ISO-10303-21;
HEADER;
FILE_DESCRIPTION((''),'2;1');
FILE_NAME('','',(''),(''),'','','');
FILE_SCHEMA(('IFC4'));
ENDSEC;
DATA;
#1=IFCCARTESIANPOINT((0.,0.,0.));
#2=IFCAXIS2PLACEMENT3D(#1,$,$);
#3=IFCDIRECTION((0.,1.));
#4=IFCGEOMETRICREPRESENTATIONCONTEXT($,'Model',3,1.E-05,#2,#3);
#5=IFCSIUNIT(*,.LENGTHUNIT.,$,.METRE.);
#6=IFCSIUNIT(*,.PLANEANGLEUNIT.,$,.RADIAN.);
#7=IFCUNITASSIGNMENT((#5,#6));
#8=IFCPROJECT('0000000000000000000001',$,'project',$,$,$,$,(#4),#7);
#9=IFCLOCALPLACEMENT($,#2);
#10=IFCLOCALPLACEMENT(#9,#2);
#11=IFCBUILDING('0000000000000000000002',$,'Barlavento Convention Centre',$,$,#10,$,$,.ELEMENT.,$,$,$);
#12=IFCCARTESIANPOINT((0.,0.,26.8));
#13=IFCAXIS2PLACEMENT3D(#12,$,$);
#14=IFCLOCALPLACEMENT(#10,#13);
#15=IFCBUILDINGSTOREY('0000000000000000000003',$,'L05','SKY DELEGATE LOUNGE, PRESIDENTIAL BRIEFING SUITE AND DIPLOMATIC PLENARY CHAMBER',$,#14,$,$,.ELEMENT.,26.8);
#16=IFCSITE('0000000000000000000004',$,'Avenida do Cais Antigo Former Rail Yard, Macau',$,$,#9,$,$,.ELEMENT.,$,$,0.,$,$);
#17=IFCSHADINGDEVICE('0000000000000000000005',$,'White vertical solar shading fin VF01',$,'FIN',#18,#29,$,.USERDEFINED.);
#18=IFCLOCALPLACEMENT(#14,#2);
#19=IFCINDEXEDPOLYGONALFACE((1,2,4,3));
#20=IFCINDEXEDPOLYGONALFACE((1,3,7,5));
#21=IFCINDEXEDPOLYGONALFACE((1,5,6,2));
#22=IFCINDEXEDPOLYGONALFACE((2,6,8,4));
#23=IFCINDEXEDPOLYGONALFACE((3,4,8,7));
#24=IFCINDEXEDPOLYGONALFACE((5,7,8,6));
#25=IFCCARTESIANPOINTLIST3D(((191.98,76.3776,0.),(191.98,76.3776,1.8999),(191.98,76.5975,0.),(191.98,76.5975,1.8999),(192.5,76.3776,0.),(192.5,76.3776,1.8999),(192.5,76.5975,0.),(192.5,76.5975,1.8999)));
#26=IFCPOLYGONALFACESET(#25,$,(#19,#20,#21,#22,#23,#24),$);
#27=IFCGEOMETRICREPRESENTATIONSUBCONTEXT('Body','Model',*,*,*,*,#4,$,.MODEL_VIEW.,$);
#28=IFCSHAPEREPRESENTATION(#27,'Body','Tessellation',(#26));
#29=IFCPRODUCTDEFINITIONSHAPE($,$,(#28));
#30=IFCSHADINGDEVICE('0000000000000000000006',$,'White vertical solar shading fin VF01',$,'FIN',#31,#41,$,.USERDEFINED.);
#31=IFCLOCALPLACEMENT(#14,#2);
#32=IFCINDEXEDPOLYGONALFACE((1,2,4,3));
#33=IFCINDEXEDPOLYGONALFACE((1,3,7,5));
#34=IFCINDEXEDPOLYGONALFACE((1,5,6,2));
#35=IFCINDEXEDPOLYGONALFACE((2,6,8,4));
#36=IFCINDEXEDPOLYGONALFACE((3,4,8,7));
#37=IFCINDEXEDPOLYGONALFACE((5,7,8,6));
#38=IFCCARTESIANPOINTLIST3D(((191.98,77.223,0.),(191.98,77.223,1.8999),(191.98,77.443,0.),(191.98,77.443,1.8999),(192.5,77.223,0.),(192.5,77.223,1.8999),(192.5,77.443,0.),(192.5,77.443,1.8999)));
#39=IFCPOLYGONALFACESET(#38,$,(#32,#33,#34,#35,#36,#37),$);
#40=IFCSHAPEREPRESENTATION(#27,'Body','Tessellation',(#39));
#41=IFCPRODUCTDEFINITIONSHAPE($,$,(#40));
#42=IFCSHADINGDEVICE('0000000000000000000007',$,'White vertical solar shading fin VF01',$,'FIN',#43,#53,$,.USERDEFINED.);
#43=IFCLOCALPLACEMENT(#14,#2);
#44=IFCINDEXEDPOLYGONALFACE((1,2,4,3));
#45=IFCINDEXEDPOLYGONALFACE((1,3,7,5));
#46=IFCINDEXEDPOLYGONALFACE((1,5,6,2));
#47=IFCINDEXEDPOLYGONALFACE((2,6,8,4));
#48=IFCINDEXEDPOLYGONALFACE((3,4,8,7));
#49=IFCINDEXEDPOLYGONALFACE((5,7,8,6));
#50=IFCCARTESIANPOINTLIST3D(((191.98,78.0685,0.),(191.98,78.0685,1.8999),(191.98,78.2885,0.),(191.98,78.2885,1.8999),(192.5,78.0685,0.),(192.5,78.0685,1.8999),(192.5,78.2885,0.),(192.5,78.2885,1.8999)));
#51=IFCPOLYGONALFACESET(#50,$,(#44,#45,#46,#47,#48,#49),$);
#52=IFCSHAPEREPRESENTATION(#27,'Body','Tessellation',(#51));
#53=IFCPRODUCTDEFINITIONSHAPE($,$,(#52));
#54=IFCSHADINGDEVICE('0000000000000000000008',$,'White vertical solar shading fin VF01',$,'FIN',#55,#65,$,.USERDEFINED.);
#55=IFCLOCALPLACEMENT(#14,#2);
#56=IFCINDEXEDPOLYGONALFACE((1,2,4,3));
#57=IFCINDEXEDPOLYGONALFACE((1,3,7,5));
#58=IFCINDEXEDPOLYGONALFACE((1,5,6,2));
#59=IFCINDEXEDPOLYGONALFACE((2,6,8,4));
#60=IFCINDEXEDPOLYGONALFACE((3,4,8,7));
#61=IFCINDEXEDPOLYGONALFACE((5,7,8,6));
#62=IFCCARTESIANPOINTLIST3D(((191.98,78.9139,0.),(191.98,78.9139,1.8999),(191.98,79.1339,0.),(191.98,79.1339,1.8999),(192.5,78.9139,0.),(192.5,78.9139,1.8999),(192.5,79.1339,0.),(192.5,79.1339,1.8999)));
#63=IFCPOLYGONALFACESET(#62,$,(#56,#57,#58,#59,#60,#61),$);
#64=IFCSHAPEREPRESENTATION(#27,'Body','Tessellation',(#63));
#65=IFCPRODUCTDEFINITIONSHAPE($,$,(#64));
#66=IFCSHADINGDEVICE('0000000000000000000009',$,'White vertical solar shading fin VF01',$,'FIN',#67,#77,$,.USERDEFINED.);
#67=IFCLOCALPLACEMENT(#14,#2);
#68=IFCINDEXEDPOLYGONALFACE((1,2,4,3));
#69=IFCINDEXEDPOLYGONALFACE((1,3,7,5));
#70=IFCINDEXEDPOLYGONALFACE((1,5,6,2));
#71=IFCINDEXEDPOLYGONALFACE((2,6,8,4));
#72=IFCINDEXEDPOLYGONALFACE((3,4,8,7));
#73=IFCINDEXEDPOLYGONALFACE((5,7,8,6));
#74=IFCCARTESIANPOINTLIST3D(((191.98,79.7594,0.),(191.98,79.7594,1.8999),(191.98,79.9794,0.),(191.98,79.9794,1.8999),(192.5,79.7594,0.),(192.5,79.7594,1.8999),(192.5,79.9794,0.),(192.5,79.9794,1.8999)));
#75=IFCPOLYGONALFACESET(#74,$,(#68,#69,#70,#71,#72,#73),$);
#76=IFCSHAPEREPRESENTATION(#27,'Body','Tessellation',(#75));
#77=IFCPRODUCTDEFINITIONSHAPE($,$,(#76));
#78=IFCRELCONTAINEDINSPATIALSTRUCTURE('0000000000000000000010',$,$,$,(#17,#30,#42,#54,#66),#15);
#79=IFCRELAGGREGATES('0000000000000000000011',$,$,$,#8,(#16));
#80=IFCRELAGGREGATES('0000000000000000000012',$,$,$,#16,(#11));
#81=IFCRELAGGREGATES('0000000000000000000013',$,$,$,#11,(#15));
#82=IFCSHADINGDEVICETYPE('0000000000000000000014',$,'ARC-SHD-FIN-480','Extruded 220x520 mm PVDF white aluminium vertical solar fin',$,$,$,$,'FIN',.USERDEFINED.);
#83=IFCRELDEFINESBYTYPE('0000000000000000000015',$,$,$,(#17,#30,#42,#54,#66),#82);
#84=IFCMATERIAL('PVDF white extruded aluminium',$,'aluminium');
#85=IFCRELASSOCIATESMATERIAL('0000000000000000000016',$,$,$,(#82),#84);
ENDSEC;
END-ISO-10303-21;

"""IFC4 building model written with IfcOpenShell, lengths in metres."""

from ifc_helpers import new_model, si_unit, direction, frame, origin, origin_2d, place, context, subcontext, project, spatial, rectangle, extrude, material, type_object, element, save


model = new_model("IFC4")

# Units and contexts
model_context = context("Model", 3, precision=1e-05, world=origin(), true_north=direction((0.0, 1.0)))
body_context = subcontext(model_context, "Body", "Model", "MODEL_VIEW")
ifc_project = project(units=[si_unit("LENGTHUNIT", "METRE"), si_unit("PLANEANGLEUNIT", "RADIAN")], contexts=[model_context])

# Site, building, storey
site_placement = place(None, origin())
site = spatial("IfcSite", under=ifc_project, at=site_placement, Name="Avenida do Cais Antigo Former Rail Yard, Macau", CompositionType="ELEMENT", RefElevation=0.0)
building_placement = place(site_placement, origin())
building = spatial("IfcBuilding", under=site, at=building_placement, Name="Barlavento Convention Centre", CompositionType="ELEMENT")
storey_placement = place(building_placement, frame((0.0, 0.0, 26.8)))
storey = spatial("IfcBuildingStorey", under=building, at=storey_placement, Name="L05", Description="SKY DELEGATE LOUNGE, PRESIDENTIAL BRIEFING SUITE AND DIPLOMATIC PLENARY CHAMBER", CompositionType="ELEMENT", Elevation=26.8)

# Shading devices
ifc_material_1 = material(Name="PVDF white extruded aluminium", Category="aluminium")
shading_device_type = type_object("IfcShadingDeviceType", Name="ARC-SHD-FIN-480", Description="Extruded 220x520 mm PVDF white aluminium vertical solar fin", ElementType="FIN", PredefinedType="USERDEFINED", material=ifc_material_1)
for number, where, z_axis, x_axis, name in (
    (1, (192.24, 76.4875, 0.0), (0.0, 0.0, 1.0), (0.0, 1.0, 0.0), "White vertical solar shading fin VF01"),
    (2, (192.24, 77.333, 0.0), (0.0, 0.0, 1.0), (0.0, 1.0, 0.0), "White vertical solar shading fin VF01"),
    (3, (192.24, 78.1785, 0.0), (0.0, 0.0, 1.0), (0.0, 1.0, 0.0), "White vertical solar shading fin VF01"),
    (4, (192.24, 79.0239, 0.0), (0.0, 0.0, 1.0), (0.0, 1.0, 0.0), "White vertical solar shading fin VF01"),
    (5, (192.24, 79.8694, 0.0), (0.0, 0.0, 1.0), (0.0, 1.0, 0.0), "White vertical solar shading fin VF01"),
):
    element("IfcShadingDevice", number, at=place(storey_placement, frame(where, z_axis=z_axis, x_axis=x_axis)), inside=storey, type_object=shading_device_type, Name=name, ObjectType="FIN", PredefinedType="USERDEFINED", context=body_context, shape_type="SweptSolid", body=[
        extrude(rectangle(XDim=0.22, YDim=0.52, at=origin_2d()), origin(), (0.0, 0.0, 1.0), 1.8999),
    ])

save(model, "model.ifc")
